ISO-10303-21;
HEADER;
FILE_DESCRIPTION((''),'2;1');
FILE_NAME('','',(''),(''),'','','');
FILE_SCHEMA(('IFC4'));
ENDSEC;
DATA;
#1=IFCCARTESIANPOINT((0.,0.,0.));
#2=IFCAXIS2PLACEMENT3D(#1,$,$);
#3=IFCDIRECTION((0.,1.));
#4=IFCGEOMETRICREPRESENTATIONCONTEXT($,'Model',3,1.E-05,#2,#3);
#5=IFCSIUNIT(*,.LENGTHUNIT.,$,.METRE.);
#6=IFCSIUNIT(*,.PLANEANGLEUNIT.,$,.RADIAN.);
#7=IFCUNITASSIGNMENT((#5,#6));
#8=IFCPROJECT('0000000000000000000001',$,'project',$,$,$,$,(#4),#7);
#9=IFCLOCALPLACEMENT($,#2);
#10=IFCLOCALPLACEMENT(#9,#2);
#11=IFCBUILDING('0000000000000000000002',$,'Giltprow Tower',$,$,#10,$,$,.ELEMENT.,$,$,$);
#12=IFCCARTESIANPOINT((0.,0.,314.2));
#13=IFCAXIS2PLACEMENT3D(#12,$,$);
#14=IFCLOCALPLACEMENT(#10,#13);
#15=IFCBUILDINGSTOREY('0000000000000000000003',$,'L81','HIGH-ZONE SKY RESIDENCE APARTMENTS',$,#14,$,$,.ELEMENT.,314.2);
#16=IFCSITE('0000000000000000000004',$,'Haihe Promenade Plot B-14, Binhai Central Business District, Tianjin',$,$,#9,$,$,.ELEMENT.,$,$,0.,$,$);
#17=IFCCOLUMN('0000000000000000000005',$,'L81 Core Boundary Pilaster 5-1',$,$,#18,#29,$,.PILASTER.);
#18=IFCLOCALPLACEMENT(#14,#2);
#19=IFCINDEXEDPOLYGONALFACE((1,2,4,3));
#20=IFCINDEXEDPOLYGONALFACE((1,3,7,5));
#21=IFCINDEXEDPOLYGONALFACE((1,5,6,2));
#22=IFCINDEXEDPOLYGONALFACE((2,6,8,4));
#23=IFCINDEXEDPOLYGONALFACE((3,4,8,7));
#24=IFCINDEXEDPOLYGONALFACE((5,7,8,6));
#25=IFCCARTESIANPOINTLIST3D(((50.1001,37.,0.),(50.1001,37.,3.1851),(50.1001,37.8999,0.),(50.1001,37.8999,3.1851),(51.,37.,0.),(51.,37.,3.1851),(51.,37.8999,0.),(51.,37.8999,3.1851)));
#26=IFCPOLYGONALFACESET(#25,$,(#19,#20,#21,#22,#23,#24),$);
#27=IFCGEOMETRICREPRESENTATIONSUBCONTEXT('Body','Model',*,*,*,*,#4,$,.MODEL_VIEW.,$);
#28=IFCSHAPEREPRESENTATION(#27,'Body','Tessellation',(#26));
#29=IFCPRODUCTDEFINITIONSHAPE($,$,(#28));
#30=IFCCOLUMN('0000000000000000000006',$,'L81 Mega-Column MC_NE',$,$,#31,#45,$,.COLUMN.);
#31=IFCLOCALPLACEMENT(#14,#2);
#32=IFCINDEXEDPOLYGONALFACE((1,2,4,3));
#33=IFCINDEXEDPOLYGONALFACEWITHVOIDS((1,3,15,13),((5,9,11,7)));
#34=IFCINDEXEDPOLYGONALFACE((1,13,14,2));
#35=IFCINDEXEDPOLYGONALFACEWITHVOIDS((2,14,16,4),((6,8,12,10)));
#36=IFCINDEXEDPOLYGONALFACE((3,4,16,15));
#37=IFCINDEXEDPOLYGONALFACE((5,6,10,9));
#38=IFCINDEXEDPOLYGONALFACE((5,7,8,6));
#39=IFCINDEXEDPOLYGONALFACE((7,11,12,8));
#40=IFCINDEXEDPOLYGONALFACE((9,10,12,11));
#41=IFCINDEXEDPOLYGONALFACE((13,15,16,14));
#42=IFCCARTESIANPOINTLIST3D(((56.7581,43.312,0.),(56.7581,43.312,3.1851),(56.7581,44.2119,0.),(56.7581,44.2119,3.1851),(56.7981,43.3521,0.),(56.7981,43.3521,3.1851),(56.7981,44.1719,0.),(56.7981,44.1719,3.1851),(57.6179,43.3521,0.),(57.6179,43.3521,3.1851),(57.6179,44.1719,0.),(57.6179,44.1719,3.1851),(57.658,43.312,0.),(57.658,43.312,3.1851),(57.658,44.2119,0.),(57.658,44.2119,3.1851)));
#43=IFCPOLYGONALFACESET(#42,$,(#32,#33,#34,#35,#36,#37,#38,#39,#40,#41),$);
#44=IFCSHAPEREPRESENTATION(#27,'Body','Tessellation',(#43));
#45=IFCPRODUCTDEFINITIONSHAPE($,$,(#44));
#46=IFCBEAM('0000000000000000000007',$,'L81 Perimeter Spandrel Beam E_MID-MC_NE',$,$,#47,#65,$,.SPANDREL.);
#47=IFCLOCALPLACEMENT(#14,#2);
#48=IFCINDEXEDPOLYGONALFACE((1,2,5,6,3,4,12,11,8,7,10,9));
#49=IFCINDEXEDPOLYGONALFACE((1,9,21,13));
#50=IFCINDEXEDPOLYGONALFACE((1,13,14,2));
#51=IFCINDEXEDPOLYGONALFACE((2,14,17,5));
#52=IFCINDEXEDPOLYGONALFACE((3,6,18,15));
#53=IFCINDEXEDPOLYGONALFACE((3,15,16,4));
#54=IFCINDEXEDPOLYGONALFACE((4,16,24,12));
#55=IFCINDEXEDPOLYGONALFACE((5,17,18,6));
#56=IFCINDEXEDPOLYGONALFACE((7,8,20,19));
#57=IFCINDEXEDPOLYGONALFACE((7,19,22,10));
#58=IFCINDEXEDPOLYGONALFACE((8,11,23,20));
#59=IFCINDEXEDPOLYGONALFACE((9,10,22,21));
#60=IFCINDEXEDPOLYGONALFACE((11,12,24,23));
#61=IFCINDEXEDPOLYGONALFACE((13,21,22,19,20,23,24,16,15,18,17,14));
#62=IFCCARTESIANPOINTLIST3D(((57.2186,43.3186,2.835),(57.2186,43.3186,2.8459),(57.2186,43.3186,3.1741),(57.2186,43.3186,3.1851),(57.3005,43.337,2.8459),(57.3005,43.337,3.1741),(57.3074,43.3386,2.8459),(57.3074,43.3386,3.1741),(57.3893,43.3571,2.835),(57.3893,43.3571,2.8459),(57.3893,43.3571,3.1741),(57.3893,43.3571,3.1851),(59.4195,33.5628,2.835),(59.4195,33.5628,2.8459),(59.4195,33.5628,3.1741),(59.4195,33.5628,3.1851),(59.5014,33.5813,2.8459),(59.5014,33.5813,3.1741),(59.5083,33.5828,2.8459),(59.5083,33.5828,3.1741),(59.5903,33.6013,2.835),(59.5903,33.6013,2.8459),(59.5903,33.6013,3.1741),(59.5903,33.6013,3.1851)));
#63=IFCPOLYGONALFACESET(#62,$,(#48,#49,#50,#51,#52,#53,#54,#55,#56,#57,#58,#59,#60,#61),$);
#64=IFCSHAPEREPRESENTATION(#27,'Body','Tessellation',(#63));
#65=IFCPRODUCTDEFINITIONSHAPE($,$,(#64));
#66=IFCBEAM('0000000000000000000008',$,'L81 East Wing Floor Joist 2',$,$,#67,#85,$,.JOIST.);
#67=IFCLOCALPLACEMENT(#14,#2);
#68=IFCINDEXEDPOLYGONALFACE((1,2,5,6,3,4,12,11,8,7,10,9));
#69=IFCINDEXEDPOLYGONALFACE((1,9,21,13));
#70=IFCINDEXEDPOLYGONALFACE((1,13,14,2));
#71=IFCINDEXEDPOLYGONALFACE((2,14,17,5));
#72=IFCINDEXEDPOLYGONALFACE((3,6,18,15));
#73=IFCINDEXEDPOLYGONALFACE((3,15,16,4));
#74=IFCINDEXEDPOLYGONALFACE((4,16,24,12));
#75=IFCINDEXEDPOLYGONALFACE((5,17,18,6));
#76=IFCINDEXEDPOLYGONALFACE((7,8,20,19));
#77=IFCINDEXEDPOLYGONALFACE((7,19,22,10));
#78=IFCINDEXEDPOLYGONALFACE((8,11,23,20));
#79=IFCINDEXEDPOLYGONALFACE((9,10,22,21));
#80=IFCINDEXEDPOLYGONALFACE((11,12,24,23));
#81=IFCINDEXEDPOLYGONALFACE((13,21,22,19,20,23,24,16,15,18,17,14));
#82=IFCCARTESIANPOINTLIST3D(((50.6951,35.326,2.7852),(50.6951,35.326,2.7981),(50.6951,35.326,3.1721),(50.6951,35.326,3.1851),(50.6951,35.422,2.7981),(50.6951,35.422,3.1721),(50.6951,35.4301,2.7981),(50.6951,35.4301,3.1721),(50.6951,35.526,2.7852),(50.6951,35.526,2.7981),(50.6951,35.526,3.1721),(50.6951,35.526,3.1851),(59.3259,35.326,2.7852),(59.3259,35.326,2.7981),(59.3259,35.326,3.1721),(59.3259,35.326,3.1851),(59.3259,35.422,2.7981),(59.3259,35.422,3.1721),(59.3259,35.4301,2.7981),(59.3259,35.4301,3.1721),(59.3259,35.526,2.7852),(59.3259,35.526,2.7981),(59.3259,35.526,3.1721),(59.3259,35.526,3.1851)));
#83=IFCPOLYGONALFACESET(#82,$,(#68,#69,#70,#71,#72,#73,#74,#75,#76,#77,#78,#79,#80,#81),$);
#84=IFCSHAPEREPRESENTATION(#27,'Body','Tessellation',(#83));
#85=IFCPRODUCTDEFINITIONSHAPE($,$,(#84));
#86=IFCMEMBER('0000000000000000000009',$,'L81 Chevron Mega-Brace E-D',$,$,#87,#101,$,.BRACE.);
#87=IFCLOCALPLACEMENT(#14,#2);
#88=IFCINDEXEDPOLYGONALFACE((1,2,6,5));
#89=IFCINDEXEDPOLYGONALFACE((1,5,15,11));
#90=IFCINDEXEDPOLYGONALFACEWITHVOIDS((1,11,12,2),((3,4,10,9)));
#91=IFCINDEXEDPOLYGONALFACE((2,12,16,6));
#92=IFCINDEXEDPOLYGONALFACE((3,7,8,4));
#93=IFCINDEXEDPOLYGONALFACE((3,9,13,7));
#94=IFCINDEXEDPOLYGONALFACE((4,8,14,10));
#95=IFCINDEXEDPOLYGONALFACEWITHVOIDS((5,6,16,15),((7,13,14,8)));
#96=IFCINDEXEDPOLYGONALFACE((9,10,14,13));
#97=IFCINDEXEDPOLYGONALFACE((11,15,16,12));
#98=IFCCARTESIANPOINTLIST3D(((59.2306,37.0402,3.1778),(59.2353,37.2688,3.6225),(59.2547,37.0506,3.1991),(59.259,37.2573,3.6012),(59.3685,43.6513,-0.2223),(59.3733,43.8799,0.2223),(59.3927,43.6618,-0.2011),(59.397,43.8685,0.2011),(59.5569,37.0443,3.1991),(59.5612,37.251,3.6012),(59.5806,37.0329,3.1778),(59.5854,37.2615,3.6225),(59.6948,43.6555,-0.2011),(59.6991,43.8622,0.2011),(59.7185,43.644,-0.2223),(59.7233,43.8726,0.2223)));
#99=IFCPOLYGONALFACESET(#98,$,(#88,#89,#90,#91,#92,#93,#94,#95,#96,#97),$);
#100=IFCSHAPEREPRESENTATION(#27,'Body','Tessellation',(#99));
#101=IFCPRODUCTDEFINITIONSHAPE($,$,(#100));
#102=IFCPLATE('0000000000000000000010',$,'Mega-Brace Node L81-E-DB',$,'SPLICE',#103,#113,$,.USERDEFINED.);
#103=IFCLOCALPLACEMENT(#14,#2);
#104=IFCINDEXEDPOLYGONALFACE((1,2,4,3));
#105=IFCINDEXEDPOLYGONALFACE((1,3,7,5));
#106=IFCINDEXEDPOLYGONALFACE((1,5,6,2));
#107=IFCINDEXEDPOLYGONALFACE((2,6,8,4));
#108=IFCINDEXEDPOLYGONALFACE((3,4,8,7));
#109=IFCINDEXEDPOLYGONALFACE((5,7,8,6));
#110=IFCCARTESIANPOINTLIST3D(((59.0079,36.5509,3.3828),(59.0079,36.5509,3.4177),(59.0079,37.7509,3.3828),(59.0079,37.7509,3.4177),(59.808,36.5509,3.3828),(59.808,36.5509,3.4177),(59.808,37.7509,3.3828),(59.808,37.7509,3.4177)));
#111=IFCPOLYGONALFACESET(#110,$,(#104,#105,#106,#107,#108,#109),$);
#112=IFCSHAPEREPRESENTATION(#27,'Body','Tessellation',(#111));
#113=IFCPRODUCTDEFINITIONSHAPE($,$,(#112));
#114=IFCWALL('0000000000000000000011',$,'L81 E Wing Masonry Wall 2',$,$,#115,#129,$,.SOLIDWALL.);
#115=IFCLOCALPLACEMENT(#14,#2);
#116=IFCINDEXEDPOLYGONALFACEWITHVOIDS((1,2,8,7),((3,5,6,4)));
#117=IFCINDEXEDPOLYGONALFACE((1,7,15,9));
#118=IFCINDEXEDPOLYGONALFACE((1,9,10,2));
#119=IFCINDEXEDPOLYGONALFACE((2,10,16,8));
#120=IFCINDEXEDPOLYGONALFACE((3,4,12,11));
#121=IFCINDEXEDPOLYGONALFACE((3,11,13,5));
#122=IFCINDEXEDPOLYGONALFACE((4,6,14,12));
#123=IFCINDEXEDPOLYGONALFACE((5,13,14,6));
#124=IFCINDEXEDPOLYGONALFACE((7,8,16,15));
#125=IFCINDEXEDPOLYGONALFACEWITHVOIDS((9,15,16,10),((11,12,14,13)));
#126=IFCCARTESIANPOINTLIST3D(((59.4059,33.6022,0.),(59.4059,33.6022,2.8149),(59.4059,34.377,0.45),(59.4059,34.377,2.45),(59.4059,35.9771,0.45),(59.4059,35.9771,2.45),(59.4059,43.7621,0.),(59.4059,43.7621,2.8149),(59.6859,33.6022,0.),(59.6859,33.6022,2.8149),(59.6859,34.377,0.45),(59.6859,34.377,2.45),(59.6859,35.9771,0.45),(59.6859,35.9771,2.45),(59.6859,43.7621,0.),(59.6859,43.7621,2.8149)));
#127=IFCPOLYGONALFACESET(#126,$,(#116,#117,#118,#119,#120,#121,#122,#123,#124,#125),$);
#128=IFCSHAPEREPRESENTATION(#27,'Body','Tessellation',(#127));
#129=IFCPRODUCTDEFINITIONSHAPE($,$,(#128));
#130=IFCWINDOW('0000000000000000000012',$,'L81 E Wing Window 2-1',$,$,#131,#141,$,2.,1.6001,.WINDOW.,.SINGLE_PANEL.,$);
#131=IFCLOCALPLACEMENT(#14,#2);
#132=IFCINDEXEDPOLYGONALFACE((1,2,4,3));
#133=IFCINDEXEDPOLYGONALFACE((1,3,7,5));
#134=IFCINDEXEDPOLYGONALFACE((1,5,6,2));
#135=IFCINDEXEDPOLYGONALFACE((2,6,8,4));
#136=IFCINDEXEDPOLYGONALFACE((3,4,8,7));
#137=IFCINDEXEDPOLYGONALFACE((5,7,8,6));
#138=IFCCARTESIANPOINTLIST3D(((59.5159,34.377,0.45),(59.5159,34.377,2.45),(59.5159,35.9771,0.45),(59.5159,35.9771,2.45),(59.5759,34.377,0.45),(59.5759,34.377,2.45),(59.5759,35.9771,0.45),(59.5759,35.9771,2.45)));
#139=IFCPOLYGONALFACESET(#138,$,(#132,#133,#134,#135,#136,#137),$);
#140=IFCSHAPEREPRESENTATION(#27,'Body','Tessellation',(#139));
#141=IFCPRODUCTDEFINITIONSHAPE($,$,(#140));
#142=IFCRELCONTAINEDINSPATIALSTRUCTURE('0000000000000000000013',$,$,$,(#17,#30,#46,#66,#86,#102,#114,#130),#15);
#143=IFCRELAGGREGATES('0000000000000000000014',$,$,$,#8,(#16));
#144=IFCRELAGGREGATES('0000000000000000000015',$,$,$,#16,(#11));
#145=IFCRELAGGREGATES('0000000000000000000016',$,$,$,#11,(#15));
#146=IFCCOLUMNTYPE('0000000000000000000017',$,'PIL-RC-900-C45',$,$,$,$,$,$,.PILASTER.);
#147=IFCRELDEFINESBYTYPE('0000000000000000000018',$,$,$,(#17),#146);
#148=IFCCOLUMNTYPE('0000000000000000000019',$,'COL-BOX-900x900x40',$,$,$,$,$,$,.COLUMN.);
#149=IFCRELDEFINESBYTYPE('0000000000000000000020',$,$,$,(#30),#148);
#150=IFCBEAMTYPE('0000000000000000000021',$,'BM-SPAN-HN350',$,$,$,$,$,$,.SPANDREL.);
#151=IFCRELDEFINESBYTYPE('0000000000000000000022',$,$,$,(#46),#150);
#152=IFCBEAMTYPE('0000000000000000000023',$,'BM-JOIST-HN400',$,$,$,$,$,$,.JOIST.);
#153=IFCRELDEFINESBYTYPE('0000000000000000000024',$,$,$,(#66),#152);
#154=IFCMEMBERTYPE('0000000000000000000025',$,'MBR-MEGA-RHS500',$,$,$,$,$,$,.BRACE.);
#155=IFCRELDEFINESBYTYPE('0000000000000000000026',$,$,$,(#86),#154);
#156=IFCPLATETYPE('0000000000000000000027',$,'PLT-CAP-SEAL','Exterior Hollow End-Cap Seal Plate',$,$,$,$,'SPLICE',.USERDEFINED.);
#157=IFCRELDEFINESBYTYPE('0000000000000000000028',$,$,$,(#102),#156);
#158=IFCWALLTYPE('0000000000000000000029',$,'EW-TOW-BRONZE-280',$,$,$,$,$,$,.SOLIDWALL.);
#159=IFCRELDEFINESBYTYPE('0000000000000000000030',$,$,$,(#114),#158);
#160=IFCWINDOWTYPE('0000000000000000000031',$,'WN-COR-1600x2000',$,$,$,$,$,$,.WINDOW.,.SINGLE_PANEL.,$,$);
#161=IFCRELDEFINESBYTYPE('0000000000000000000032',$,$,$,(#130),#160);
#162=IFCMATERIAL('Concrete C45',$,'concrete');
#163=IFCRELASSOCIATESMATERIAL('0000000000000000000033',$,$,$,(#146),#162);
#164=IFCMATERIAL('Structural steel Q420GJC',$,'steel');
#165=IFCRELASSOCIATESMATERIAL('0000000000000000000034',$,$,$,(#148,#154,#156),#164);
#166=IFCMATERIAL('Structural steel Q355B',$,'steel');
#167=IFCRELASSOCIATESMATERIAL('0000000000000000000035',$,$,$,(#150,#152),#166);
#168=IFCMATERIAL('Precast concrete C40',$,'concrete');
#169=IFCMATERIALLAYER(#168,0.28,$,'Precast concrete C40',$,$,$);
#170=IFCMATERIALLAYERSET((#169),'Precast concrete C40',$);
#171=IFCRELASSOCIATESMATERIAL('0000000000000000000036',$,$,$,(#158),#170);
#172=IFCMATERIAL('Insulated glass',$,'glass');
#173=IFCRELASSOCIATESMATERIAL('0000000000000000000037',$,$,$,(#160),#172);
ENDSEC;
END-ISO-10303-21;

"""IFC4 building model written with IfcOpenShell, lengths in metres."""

from ifc_helpers import new_model, si_unit, direction, frame, frame_2d, origin, origin_2d, place, context, subcontext, project, spatial, rectangle, hollow_rectangle, i_section, extrude, source, transform, mapped, material, layer, layer_set, material_profile, profile_set, type_object, element, fill, save


model = new_model("IFC4")

# Units and contexts
model_context = context("Model", 3, precision=1e-05, world=origin(), true_north=direction((0.0, 1.0)))
body_context = subcontext(model_context, "Body", "Model", "MODEL_VIEW")
ifc_project = project(units=[si_unit("LENGTHUNIT", "METRE"), si_unit("PLANEANGLEUNIT", "RADIAN")], contexts=[model_context])

# Site, building, storey
site_placement = place(None, origin())
site = spatial("IfcSite", under=ifc_project, at=site_placement, Name="Haihe Promenade Plot B-14, Binhai Central Business District, Tianjin", CompositionType="ELEMENT", RefElevation=0.0)
building_placement = place(site_placement, origin())
building = spatial("IfcBuilding", under=site, at=building_placement, Name="Giltprow Tower", CompositionType="ELEMENT")
storey_placement = place(building_placement, frame((0.0, 0.0, 314.2)))
storey = spatial("IfcBuildingStorey", under=building, at=storey_placement, Name="L81", Description="HIGH-ZONE SKY RESIDENCE APARTMENTS", CompositionType="ELEMENT", Elevation=314.2)

# Columns
ifc_material_1 = material(Name="Concrete C45", Category="concrete")
ifc_material_profile_1 = material_profile(ifc_material_1, rectangle(XDim=0.8999, YDim=0.8999, at=origin_2d()), Name="RC 900x900")
ifc_profile_set_1 = profile_set([ifc_material_profile_1], Name="Concrete C45")
column_type_1 = type_object("IfcColumnType", Name="PIL-RC-900-C45", PredefinedType="PILASTER", material=ifc_profile_set_1)
shared_shape_1 = source(origin(), body_context, "Body", "SweptSolid", [
    extrude(rectangle(XDim=0.8999, YDim=0.8999, at=origin_2d()), origin(), (0.0, 0.0, 1.0), 3.1851),
])
column_1_placement = place(storey_placement, frame((50.55, 37.45, 0.0), z_axis=(0.0, 0.0, 1.0), x_axis=(1.0, 0.0, 0.0)))
element("IfcColumn", 1, at=column_1_placement, inside=storey, type_object=column_type_1, Name="L81 Core Boundary Pilaster 5-1", PredefinedType="PILASTER", context=body_context, shape_type="MappedRepresentation", body=[
    mapped(shared_shape_1, transform((0.0, 0.0, 0.0), x_axis=(1.0, 0.0, 0.0), y_axis=(0.0, 1.0, 0.0), z_axis=(0.0, 0.0, 1.0), scale=1.0)),
])
ifc_material_2 = material(Name="Structural steel Q420GJC", Category="steel")
ifc_material_profile_2 = material_profile(ifc_material_2, hollow_rectangle(XDim=0.8999, YDim=0.8999, WallThickness=0.04, at=origin_2d()), Name="BOX 900x900x40")
ifc_profile_set_2 = profile_set([ifc_material_profile_2], Name="Structural steel Q420GJC")
column_type_2 = type_object("IfcColumnType", Name="COL-BOX-900x900x40", PredefinedType="COLUMN", material=ifc_profile_set_2)
shared_shape_2 = source(origin(), body_context, "Body", "SweptSolid", [
    extrude(hollow_rectangle(XDim=0.8999, YDim=0.8999, WallThickness=0.04, at=origin_2d()), origin(), (0.0, 0.0, 1.0), 3.1851),
])
column_2_placement = place(storey_placement, frame((57.208, 43.762, 0.0), z_axis=(0.0, 0.0, 1.0), x_axis=(1.0, 0.0, 0.0)))
element("IfcColumn", 2, at=column_2_placement, inside=storey, type_object=column_type_2, Name="L81 Mega-Column MC_NE", PredefinedType="COLUMN", context=body_context, shape_type="MappedRepresentation", body=[
    mapped(shared_shape_2, transform((0.0, 0.0, 0.0), x_axis=(1.0, 0.0, 0.0), y_axis=(0.0, 1.0, 0.0), z_axis=(0.0, 0.0, 1.0), scale=1.0)),
])

# Beams
ifc_material_3 = material(Name="Structural steel Q355B", Category="steel")
ifc_material_profile_3 = material_profile(ifc_material_3, i_section(OverallWidth=0.175, OverallDepth=0.3501, WebThickness=0.0071, FlangeThickness=0.011, at=origin_2d()), Name="HN 350x175x7x11")
ifc_profile_set_3 = profile_set([ifc_material_profile_3], Name="Structural steel Q355B")
beam_type_1 = type_object("IfcBeamType", Name="BM-SPAN-HN350", PredefinedType="SPANDREL", material=ifc_profile_set_3)
shared_shape_3 = source(origin(), body_context, "Body", "SweptSolid", [
    extrude(i_section(OverallWidth=0.175, OverallDepth=0.3501, WebThickness=0.0071, FlangeThickness=0.011, at=origin_2d()), origin(), (0.0, 0.0, 1.0), 10.001),
])
beam_1_placement = place(storey_placement, frame((59.5049, 33.582, 3.01), z_axis=(-0.22007, 0.975484, 0.0), x_axis=(-0.975484, -0.22007, 0.0)))
element("IfcBeam", 3, at=beam_1_placement, inside=storey, type_object=beam_type_1, Name="L81 Perimeter Spandrel Beam E_MID-MC_NE", PredefinedType="SPANDREL", context=body_context, shape_type="MappedRepresentation", body=[
    mapped(shared_shape_3, transform((0.0, 0.0, 0.0), x_axis=(1.0, 0.0, 0.0), y_axis=(0.0, 1.0, 0.0), z_axis=(0.0, 0.0, 1.0), scale=1.0)),
])
ifc_material_profile_4 = material_profile(ifc_material_3, i_section(OverallWidth=0.2, OverallDepth=0.3999, WebThickness=0.0081, FlangeThickness=0.0129, at=origin_2d()), Name="HN 400x200x8x13")
ifc_profile_set_4 = profile_set([ifc_material_profile_4], Name="Structural steel Q355B")
beam_type_2 = type_object("IfcBeamType", Name="BM-JOIST-HN400", PredefinedType="JOIST", material=ifc_profile_set_4)
shared_shape_4 = source(origin(), body_context, "Body", "SweptSolid", [
    extrude(i_section(OverallWidth=0.2, OverallDepth=0.3999, WebThickness=0.0081, FlangeThickness=0.0129, at=origin_2d()), origin(), (0.0, 0.0, 1.0), 8.6309),
])
beam_2_placement = place(storey_placement, frame((50.6951, 35.426, 2.9851), z_axis=(1.0, 0.0, 0.0), x_axis=(0.0, 1.0, 0.0)))
element("IfcBeam", 4, at=beam_2_placement, inside=storey, type_object=beam_type_2, Name="L81 East Wing Floor Joist 2", PredefinedType="JOIST", context=body_context, shape_type="MappedRepresentation", body=[
    mapped(shared_shape_4, transform((0.0, 0.0, 0.0), x_axis=(1.0, 0.0, 0.0), y_axis=(0.0, 1.0, 0.0), z_axis=(0.0, 0.0, 1.0), scale=1.0)),
])

# Member
ifc_material_profile_5 = material_profile(ifc_material_2, hollow_rectangle(XDim=0.3501, YDim=0.5, WallThickness=0.0239, at=origin_2d()), Name="RHS 500x350x24")
ifc_profile_set_5 = profile_set([ifc_material_profile_5], Name="Structural steel Q420GJC")
member_type = type_object("IfcMemberType", Name="MBR-MEGA-RHS500", PredefinedType="BRACE", material=ifc_profile_set_5)
shared_shape_5 = source(origin(), body_context, "Body", "SweptSolid", [
    extrude(hollow_rectangle(XDim=0.3501, YDim=0.5, WallThickness=0.0239, at=origin_2d()), origin(), (0.0, 0.0, 1.0), 7.4355),
])
member_placement = place(storey_placement, frame((59.5459, 43.762, 0.0), z_axis=(-0.018552, -0.889126, 0.457286), x_axis=(0.999782, -0.02086, 0.0)))
element("IfcMember", 5, at=member_placement, inside=storey, type_object=member_type, Name="L81 Chevron Mega-Brace E-D", PredefinedType="BRACE", context=body_context, shape_type="MappedRepresentation", body=[
    mapped(shared_shape_5, transform((0.0, 0.0, 0.0), x_axis=(1.0, 0.0, 0.0), y_axis=(0.0, 1.0, 0.0), z_axis=(0.0, 0.0, 1.0), scale=1.0)),
])

# Plate
plate_type = type_object("IfcPlateType", Name="PLT-CAP-SEAL", Description="Exterior Hollow End-Cap Seal Plate", ElementType="SPLICE", PredefinedType="USERDEFINED", material=ifc_material_2)
shared_shape_6 = source(origin(), body_context, "Body", "SweptSolid", [
    extrude(rectangle(XDim=1.2, YDim=0.8, at=origin_2d()), origin(), (0.0, 0.0, 1.0), 0.0349),
])
plate_placement = place(storey_placement, frame((59.408, 37.1509, 3.3828), z_axis=(0.0, 0.0, 1.0), x_axis=(0.0, 1.0, 0.0)))
element("IfcPlate", 6, at=plate_placement, inside=storey, type_object=plate_type, Name="Mega-Brace Node L81-E-DB", ObjectType="SPLICE", PredefinedType="USERDEFINED", context=body_context, shape_type="MappedRepresentation", body=[
    mapped(shared_shape_6, transform((0.0, 0.0, 0.0), x_axis=(1.0, 0.0, 0.0), y_axis=(0.0, 1.0, 0.0), z_axis=(0.0, 0.0, 1.0), scale=1.0)),
])

# Wall, opening, window
ifc_material_4 = material(Name="Precast concrete C40", Category="concrete")
ifc_layer_1 = layer(ifc_material_4, 0.28, Name="Precast concrete C40")
ifc_layer_set_1 = layer_set([ifc_layer_1], Name="Precast concrete C40")
wall_type_1 = type_object("IfcWallType", Name="EW-TOW-BRONZE-280", PredefinedType="SOLIDWALL", material=ifc_layer_set_1)
wall_1_placement = place(storey_placement, frame((59.5459, 33.6021, 0.0), z_axis=(0.0, 0.0, 1.0), x_axis=(0.0, 1.0, 0.0)))
wall_1 = element("IfcWall", 7, at=wall_1_placement, inside=storey, type_object=wall_type_1, Name="L81 E Wing Masonry Wall 2", PredefinedType="SOLIDWALL", context=body_context, shape_type="SweptSolid", body=[
    extrude(rectangle(XDim=10.1599, YDim=0.28, at=frame_2d((5.0801, 0.0))), origin(), (0.0, 0.0, 1.0), 2.8149),
])
opening_1_placement = place(wall_1_placement, frame((0.7749, 0.0, 0.45)))
opening_1 = element("IfcOpeningElement", 8, at=opening_1_placement, cuts=wall_1, PredefinedType="OPENING", context=body_context, shape_type="SweptSolid", body=[
    extrude(rectangle(XDim=1.6001, YDim=2.0, at=frame_2d((0.8, 1.0))), frame((0.0, 0.1499, 0.0), z_axis=(0.0, -1.0, 0.0), x_axis=(1.0, 0.0, 0.0)), (0.0, 0.0, 1.0), 0.3),
])
ifc_material_5 = material(Name="Insulated glass", Category="glass")
window_type = type_object("IfcWindowType", Name="WN-COR-1600x2000", PartitioningType="SINGLE_PANEL", PredefinedType="WINDOW", material=ifc_material_5)
shared_shape_7 = source(origin(), body_context, "Body", "SweptSolid", [
    extrude(rectangle(XDim=1.6001, YDim=2.0, at=frame_2d((0.8, 1.0))), frame((0.0, 0.03, 0.0), z_axis=(0.0, -1.0, 0.0), x_axis=(1.0, 0.0, 0.0)), (0.0, 0.0, 1.0), 0.0601),
])
window_placement = place(opening_1_placement, origin())
window = element("IfcWindow", 9, at=window_placement, inside=storey, type_object=window_type, Name="L81 E Wing Window 2-1", OverallHeight=2.0, OverallWidth=1.6001, PartitioningType="SINGLE_PANEL", PredefinedType="WINDOW", context=body_context, shape_type="MappedRepresentation", body=[
    mapped(shared_shape_7, transform((0.0, 0.0, 0.0), x_axis=(1.0, 0.0, 0.0), y_axis=(0.0, 1.0, 0.0), z_axis=(0.0, 0.0, 1.0), scale=1.0)),
])
fill(opening_1, window)

save(model, "model.ifc")
